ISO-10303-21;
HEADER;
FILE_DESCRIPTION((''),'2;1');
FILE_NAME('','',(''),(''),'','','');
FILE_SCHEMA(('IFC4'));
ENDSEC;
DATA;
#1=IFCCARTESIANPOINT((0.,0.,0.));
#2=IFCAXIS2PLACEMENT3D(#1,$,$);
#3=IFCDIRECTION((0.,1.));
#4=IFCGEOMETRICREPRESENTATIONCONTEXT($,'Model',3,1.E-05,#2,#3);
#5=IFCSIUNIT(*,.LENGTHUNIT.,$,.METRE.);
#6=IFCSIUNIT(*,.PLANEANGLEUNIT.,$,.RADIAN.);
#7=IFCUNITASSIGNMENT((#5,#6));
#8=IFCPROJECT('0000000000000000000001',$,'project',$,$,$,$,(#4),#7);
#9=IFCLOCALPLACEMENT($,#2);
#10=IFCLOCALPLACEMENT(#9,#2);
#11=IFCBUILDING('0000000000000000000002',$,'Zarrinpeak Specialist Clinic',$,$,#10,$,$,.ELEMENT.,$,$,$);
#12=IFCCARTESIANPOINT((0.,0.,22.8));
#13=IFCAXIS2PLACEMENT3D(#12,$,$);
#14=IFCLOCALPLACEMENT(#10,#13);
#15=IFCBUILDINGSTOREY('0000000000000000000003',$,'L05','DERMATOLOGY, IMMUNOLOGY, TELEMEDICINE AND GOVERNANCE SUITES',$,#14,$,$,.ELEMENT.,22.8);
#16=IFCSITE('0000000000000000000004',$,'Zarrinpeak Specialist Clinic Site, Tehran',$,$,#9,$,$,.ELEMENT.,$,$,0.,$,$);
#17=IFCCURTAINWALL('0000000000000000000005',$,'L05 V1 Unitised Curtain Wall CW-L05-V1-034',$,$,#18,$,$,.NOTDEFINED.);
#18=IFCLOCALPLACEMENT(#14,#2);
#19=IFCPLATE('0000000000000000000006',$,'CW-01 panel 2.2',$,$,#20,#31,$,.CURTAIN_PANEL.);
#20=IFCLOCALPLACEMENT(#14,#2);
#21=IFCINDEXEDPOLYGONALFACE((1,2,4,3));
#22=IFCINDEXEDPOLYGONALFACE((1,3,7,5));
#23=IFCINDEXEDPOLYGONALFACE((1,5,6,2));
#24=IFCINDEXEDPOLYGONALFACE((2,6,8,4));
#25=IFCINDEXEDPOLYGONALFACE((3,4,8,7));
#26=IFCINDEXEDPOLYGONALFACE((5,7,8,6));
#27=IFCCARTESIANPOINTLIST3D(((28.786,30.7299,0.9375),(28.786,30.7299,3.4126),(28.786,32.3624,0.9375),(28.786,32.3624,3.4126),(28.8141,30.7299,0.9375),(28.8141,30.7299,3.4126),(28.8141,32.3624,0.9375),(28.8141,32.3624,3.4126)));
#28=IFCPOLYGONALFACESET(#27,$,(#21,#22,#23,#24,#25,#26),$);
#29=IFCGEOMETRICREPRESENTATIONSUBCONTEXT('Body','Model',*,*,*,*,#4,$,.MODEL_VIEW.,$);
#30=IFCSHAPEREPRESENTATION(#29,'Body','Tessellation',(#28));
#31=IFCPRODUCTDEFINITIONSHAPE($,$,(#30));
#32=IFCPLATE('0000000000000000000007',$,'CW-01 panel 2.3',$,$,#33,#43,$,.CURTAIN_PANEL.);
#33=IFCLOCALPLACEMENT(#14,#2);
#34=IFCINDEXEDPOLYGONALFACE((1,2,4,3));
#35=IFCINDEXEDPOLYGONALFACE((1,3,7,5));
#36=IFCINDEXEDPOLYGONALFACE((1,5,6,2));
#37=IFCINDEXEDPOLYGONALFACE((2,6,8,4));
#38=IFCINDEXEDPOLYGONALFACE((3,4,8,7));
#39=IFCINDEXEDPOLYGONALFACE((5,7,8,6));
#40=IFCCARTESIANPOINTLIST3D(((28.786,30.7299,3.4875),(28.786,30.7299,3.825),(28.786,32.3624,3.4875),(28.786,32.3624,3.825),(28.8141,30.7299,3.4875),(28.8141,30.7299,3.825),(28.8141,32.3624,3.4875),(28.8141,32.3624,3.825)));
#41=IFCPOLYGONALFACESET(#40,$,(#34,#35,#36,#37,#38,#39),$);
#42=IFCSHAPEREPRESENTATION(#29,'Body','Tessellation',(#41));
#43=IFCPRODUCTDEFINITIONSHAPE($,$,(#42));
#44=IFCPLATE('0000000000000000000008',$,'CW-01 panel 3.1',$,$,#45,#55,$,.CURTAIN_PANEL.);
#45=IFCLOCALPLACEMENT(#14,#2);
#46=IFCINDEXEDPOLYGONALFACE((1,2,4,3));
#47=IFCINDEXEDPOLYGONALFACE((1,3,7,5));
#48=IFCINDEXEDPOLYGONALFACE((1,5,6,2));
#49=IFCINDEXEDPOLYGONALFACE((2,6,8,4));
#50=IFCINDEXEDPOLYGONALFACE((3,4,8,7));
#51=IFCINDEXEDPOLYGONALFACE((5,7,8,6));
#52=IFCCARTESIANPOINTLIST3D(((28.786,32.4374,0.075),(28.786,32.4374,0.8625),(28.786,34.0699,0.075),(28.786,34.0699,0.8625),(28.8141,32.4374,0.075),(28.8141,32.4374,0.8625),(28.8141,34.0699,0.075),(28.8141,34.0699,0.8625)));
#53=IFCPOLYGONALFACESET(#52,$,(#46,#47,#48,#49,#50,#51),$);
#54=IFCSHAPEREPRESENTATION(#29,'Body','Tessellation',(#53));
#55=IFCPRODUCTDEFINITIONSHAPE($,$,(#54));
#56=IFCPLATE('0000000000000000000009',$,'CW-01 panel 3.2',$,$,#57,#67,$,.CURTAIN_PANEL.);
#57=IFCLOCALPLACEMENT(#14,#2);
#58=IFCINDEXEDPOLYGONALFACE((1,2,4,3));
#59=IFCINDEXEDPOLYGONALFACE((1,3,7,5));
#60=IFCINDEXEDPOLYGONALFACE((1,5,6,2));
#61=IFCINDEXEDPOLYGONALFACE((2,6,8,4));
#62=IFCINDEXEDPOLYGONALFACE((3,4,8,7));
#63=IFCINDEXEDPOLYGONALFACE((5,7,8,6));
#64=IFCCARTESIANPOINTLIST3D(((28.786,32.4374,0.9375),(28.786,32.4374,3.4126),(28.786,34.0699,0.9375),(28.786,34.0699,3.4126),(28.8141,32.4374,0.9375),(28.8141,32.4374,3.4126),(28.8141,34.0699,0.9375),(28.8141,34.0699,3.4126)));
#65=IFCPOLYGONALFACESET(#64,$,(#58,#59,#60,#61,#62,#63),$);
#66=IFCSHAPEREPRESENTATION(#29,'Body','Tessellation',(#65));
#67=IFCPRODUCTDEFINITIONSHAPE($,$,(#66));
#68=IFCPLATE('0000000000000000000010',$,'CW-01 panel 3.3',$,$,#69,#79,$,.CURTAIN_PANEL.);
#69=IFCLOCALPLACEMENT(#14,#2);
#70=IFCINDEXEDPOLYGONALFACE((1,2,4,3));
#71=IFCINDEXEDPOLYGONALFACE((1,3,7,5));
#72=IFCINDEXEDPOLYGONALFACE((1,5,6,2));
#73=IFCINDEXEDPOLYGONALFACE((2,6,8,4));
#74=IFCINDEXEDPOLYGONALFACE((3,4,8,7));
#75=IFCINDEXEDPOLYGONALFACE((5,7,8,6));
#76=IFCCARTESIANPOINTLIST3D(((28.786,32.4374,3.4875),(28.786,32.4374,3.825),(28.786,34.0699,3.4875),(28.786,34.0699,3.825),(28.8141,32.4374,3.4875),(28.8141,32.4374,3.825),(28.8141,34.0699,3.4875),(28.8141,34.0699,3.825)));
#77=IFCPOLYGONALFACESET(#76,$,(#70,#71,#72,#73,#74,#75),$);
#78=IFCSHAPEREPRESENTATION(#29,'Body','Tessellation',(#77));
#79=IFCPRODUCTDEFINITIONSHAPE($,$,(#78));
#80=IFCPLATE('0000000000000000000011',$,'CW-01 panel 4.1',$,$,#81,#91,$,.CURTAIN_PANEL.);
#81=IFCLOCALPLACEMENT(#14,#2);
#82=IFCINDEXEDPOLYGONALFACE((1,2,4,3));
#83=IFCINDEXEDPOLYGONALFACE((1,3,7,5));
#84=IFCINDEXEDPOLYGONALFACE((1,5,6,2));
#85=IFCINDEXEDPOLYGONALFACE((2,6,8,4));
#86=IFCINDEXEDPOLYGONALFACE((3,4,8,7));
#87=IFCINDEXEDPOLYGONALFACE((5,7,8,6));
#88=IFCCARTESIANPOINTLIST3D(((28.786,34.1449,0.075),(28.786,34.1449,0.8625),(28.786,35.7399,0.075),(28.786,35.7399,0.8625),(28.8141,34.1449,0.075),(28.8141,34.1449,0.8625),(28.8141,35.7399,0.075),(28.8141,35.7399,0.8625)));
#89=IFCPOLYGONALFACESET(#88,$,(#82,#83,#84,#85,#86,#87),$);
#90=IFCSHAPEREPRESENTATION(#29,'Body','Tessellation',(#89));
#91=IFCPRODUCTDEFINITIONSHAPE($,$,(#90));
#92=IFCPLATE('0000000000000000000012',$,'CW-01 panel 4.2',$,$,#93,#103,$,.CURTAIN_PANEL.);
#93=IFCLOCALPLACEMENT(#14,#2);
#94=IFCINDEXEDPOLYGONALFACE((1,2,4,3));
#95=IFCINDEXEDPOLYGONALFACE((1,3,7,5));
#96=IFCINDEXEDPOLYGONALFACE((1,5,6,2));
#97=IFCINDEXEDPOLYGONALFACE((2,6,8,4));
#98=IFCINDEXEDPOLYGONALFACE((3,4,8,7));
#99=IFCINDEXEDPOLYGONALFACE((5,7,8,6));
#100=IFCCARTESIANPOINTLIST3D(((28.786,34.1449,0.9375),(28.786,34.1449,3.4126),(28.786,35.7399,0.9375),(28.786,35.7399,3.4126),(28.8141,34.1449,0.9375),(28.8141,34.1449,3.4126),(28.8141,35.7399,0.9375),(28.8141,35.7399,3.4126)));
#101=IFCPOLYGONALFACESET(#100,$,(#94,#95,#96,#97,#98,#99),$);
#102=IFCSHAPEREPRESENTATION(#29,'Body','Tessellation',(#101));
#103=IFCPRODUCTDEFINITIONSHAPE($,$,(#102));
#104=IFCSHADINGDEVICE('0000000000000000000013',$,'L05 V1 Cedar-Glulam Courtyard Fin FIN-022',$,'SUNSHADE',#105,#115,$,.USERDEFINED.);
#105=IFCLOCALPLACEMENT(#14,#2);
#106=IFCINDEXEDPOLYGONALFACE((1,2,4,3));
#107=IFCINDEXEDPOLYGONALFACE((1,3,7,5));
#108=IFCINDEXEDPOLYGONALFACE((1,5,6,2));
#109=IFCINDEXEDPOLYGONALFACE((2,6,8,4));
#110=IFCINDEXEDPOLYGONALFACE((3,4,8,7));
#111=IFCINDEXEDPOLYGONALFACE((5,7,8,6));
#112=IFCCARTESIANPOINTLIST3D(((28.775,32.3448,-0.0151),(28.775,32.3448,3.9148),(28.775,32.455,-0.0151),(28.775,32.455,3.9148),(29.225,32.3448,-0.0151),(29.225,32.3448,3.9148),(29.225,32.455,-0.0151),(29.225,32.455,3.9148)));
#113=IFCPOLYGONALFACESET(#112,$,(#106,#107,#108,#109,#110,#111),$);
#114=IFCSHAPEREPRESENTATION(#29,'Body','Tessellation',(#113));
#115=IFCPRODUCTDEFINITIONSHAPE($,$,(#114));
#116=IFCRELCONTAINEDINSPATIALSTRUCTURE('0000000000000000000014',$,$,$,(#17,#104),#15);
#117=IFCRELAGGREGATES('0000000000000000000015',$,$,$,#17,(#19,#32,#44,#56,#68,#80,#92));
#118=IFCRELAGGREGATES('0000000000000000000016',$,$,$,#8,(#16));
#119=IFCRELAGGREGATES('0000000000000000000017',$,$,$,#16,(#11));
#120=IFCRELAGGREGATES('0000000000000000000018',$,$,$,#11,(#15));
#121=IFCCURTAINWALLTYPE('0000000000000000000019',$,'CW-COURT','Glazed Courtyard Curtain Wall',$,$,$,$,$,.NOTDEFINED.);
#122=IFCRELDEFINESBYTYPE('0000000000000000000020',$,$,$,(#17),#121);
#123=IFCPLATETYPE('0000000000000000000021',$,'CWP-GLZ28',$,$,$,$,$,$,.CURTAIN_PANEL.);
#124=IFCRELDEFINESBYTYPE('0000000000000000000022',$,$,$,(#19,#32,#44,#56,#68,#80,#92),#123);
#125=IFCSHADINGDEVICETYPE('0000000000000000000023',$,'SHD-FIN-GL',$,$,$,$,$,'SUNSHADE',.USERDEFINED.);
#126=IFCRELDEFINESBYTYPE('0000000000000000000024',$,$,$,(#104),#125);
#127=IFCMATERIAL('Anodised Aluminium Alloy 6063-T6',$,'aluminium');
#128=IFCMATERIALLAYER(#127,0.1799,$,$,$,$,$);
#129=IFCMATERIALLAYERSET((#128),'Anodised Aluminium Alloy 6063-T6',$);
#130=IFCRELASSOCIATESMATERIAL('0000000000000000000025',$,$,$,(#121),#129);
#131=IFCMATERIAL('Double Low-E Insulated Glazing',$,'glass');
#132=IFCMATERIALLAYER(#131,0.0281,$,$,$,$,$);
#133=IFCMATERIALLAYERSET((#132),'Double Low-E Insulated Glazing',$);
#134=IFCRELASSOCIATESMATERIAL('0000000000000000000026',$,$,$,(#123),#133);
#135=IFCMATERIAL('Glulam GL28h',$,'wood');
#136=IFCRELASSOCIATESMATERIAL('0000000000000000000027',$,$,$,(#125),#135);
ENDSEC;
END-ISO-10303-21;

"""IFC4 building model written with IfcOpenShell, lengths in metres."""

from ifc_helpers import new_model, si_unit, direction, frame, origin, origin_2d, place, context, subcontext, project, spatial, rectangle, extrude, material, layer, layer_set, type_object, element, aggregate, save


model = new_model("IFC4")

# Units and contexts
model_context = context("Model", 3, precision=1e-05, world=origin(), true_north=direction((0.0, 1.0)))
body_context = subcontext(model_context, "Body", "Model", "MODEL_VIEW")
ifc_project = project(units=[si_unit("LENGTHUNIT", "METRE"), si_unit("PLANEANGLEUNIT", "RADIAN")], contexts=[model_context])

# Site, building, storey
site_placement = place(None, origin())
site = spatial("IfcSite", under=ifc_project, at=site_placement, Name="Zarrinpeak Specialist Clinic Site, Tehran", CompositionType="ELEMENT", RefElevation=0.0)
building_placement = place(site_placement, origin())
building = spatial("IfcBuilding", under=site, at=building_placement, Name="Zarrinpeak Specialist Clinic", CompositionType="ELEMENT")
storey_placement = place(building_placement, frame((0.0, 0.0, 22.8)))
storey = spatial("IfcBuildingStorey", under=building, at=storey_placement, Name="L05", Description="DERMATOLOGY, IMMUNOLOGY, TELEMEDICINE AND GOVERNANCE SUITES", CompositionType="ELEMENT", Elevation=22.8)

# Curtain wall, plates
ifc_material_1 = material(Name="Anodised Aluminium Alloy 6063-T6", Category="aluminium")
ifc_layer_1 = layer(ifc_material_1, 0.1799)
ifc_layer_set_1 = layer_set([ifc_layer_1], Name="Anodised Aluminium Alloy 6063-T6")
curtain_wall_type = type_object("IfcCurtainWallType", Name="CW-COURT", Description="Glazed Courtyard Curtain Wall", PredefinedType="NOTDEFINED", material=ifc_layer_set_1)
curtain_wall_placement = place(storey_placement, origin())
curtain_wall = element("IfcCurtainWall", 1, at=curtain_wall_placement, inside=storey, type_object=curtain_wall_type, Name="L05 V1 Unitised Curtain Wall CW-L05-V1-034", PredefinedType="NOTDEFINED")
ifc_material_2 = material(Name="Double Low-E Insulated Glazing", Category="glass")
ifc_layer_2 = layer(ifc_material_2, 0.0281)
ifc_layer_set_2 = layer_set([ifc_layer_2], Name="Double Low-E Insulated Glazing")
plate_type = type_object("IfcPlateType", Name="CWP-GLZ28", PredefinedType="CURTAIN_PANEL", material=ifc_layer_set_2)
plate_1_placement = place(storey_placement, frame((28.8, 31.5461, 0.9375), z_axis=(0.0, 0.0, 1.0), x_axis=(0.0, 1.0, 0.0)))
plate_1 = element("IfcPlate", 2, at=plate_1_placement, type_object=plate_type, Name="CW-01 panel 2.2", PredefinedType="CURTAIN_PANEL", context=body_context, shape_type="SweptSolid", body=[
    extrude(rectangle(XDim=1.6326, YDim=0.0281, at=origin_2d()), origin(), (0.0, 0.0, 1.0), 2.4751),
])
plate_2_placement = place(storey_placement, frame((28.8, 31.5461, 3.4875), z_axis=(0.0, 0.0, 1.0), x_axis=(0.0, 1.0, 0.0)))
plate_2 = element("IfcPlate", 3, at=plate_2_placement, type_object=plate_type, Name="CW-01 panel 2.3", PredefinedType="CURTAIN_PANEL", context=body_context, shape_type="SweptSolid", body=[
    extrude(rectangle(XDim=1.6326, YDim=0.0281, at=origin_2d()), origin(), (0.0, 0.0, 1.0), 0.3374),
])
plate_3_placement = place(storey_placement, frame((28.8, 33.2537, 0.075), z_axis=(0.0, 0.0, 1.0), x_axis=(0.0, 1.0, 0.0)))
plate_3 = element("IfcPlate", 4, at=plate_3_placement, type_object=plate_type, Name="CW-01 panel 3.1", PredefinedType="CURTAIN_PANEL", context=body_context, shape_type="SweptSolid", body=[
    extrude(rectangle(XDim=1.6326, YDim=0.0281, at=origin_2d()), origin(), (0.0, 0.0, 1.0), 0.7876),
])
plate_4_placement = place(storey_placement, frame((28.8, 33.2537, 0.9375), z_axis=(0.0, 0.0, 1.0), x_axis=(0.0, 1.0, 0.0)))
plate_4 = element("IfcPlate", 5, at=plate_4_placement, type_object=plate_type, Name="CW-01 panel 3.2", PredefinedType="CURTAIN_PANEL", context=body_context, shape_type="SweptSolid", body=[
    extrude(rectangle(XDim=1.6326, YDim=0.0281, at=origin_2d()), origin(), (0.0, 0.0, 1.0), 2.4751),
])
plate_5_placement = place(storey_placement, frame((28.8, 33.2537, 3.4875), z_axis=(0.0, 0.0, 1.0), x_axis=(0.0, 1.0, 0.0)))
plate_5 = element("IfcPlate", 6, at=plate_5_placement, type_object=plate_type, Name="CW-01 panel 3.3", PredefinedType="CURTAIN_PANEL", context=body_context, shape_type="SweptSolid", body=[
    extrude(rectangle(XDim=1.6326, YDim=0.0281, at=origin_2d()), origin(), (0.0, 0.0, 1.0), 0.3374),
])
plate_6_placement = place(storey_placement, frame((28.8, 34.9424, 0.075), z_axis=(0.0, 0.0, 1.0), x_axis=(0.0, 1.0, 0.0)))
plate_6 = element("IfcPlate", 7, at=plate_6_placement, type_object=plate_type, Name="CW-01 panel 4.1", PredefinedType="CURTAIN_PANEL", context=body_context, shape_type="SweptSolid", body=[
    extrude(rectangle(XDim=1.595, YDim=0.0281, at=origin_2d()), origin(), (0.0, 0.0, 1.0), 0.7876),
])
plate_7_placement = place(storey_placement, frame((28.8, 34.9424, 0.9375), z_axis=(0.0, 0.0, 1.0), x_axis=(0.0, 1.0, 0.0)))
plate_7 = element("IfcPlate", 8, at=plate_7_placement, type_object=plate_type, Name="CW-01 panel 4.2", PredefinedType="CURTAIN_PANEL", context=body_context, shape_type="SweptSolid", body=[
    extrude(rectangle(XDim=1.595, YDim=0.0281, at=origin_2d()), origin(), (0.0, 0.0, 1.0), 2.4751),
])
aggregate(curtain_wall, [plate_1, plate_2, plate_3, plate_4, plate_5, plate_6, plate_7])

# Shading device
ifc_material_3 = material(Name="Glulam GL28h", Category="wood")
shading_device_type = type_object("IfcShadingDeviceType", Name="SHD-FIN-GL", ElementType="SUNSHADE", PredefinedType="USERDEFINED", material=ifc_material_3)
shading_device_placement = place(storey_placement, frame((29.0, 32.3999, -0.0151), z_axis=(0.0, 0.0, 1.0), x_axis=(1.0, 0.0, 0.0)))
element("IfcShadingDevice", 9, at=shading_device_placement, inside=storey, type_object=shading_device_type, Name="L05 V1 Cedar-Glulam Courtyard Fin FIN-022", ObjectType="SUNSHADE", PredefinedType="USERDEFINED", context=body_context, shape_type="SweptSolid", body=[
    extrude(rectangle(XDim=0.45, YDim=0.1101, at=origin_2d()), origin(), (0.0, 0.0, 1.0), 3.9299),
])

save(model, "model.ifc")
